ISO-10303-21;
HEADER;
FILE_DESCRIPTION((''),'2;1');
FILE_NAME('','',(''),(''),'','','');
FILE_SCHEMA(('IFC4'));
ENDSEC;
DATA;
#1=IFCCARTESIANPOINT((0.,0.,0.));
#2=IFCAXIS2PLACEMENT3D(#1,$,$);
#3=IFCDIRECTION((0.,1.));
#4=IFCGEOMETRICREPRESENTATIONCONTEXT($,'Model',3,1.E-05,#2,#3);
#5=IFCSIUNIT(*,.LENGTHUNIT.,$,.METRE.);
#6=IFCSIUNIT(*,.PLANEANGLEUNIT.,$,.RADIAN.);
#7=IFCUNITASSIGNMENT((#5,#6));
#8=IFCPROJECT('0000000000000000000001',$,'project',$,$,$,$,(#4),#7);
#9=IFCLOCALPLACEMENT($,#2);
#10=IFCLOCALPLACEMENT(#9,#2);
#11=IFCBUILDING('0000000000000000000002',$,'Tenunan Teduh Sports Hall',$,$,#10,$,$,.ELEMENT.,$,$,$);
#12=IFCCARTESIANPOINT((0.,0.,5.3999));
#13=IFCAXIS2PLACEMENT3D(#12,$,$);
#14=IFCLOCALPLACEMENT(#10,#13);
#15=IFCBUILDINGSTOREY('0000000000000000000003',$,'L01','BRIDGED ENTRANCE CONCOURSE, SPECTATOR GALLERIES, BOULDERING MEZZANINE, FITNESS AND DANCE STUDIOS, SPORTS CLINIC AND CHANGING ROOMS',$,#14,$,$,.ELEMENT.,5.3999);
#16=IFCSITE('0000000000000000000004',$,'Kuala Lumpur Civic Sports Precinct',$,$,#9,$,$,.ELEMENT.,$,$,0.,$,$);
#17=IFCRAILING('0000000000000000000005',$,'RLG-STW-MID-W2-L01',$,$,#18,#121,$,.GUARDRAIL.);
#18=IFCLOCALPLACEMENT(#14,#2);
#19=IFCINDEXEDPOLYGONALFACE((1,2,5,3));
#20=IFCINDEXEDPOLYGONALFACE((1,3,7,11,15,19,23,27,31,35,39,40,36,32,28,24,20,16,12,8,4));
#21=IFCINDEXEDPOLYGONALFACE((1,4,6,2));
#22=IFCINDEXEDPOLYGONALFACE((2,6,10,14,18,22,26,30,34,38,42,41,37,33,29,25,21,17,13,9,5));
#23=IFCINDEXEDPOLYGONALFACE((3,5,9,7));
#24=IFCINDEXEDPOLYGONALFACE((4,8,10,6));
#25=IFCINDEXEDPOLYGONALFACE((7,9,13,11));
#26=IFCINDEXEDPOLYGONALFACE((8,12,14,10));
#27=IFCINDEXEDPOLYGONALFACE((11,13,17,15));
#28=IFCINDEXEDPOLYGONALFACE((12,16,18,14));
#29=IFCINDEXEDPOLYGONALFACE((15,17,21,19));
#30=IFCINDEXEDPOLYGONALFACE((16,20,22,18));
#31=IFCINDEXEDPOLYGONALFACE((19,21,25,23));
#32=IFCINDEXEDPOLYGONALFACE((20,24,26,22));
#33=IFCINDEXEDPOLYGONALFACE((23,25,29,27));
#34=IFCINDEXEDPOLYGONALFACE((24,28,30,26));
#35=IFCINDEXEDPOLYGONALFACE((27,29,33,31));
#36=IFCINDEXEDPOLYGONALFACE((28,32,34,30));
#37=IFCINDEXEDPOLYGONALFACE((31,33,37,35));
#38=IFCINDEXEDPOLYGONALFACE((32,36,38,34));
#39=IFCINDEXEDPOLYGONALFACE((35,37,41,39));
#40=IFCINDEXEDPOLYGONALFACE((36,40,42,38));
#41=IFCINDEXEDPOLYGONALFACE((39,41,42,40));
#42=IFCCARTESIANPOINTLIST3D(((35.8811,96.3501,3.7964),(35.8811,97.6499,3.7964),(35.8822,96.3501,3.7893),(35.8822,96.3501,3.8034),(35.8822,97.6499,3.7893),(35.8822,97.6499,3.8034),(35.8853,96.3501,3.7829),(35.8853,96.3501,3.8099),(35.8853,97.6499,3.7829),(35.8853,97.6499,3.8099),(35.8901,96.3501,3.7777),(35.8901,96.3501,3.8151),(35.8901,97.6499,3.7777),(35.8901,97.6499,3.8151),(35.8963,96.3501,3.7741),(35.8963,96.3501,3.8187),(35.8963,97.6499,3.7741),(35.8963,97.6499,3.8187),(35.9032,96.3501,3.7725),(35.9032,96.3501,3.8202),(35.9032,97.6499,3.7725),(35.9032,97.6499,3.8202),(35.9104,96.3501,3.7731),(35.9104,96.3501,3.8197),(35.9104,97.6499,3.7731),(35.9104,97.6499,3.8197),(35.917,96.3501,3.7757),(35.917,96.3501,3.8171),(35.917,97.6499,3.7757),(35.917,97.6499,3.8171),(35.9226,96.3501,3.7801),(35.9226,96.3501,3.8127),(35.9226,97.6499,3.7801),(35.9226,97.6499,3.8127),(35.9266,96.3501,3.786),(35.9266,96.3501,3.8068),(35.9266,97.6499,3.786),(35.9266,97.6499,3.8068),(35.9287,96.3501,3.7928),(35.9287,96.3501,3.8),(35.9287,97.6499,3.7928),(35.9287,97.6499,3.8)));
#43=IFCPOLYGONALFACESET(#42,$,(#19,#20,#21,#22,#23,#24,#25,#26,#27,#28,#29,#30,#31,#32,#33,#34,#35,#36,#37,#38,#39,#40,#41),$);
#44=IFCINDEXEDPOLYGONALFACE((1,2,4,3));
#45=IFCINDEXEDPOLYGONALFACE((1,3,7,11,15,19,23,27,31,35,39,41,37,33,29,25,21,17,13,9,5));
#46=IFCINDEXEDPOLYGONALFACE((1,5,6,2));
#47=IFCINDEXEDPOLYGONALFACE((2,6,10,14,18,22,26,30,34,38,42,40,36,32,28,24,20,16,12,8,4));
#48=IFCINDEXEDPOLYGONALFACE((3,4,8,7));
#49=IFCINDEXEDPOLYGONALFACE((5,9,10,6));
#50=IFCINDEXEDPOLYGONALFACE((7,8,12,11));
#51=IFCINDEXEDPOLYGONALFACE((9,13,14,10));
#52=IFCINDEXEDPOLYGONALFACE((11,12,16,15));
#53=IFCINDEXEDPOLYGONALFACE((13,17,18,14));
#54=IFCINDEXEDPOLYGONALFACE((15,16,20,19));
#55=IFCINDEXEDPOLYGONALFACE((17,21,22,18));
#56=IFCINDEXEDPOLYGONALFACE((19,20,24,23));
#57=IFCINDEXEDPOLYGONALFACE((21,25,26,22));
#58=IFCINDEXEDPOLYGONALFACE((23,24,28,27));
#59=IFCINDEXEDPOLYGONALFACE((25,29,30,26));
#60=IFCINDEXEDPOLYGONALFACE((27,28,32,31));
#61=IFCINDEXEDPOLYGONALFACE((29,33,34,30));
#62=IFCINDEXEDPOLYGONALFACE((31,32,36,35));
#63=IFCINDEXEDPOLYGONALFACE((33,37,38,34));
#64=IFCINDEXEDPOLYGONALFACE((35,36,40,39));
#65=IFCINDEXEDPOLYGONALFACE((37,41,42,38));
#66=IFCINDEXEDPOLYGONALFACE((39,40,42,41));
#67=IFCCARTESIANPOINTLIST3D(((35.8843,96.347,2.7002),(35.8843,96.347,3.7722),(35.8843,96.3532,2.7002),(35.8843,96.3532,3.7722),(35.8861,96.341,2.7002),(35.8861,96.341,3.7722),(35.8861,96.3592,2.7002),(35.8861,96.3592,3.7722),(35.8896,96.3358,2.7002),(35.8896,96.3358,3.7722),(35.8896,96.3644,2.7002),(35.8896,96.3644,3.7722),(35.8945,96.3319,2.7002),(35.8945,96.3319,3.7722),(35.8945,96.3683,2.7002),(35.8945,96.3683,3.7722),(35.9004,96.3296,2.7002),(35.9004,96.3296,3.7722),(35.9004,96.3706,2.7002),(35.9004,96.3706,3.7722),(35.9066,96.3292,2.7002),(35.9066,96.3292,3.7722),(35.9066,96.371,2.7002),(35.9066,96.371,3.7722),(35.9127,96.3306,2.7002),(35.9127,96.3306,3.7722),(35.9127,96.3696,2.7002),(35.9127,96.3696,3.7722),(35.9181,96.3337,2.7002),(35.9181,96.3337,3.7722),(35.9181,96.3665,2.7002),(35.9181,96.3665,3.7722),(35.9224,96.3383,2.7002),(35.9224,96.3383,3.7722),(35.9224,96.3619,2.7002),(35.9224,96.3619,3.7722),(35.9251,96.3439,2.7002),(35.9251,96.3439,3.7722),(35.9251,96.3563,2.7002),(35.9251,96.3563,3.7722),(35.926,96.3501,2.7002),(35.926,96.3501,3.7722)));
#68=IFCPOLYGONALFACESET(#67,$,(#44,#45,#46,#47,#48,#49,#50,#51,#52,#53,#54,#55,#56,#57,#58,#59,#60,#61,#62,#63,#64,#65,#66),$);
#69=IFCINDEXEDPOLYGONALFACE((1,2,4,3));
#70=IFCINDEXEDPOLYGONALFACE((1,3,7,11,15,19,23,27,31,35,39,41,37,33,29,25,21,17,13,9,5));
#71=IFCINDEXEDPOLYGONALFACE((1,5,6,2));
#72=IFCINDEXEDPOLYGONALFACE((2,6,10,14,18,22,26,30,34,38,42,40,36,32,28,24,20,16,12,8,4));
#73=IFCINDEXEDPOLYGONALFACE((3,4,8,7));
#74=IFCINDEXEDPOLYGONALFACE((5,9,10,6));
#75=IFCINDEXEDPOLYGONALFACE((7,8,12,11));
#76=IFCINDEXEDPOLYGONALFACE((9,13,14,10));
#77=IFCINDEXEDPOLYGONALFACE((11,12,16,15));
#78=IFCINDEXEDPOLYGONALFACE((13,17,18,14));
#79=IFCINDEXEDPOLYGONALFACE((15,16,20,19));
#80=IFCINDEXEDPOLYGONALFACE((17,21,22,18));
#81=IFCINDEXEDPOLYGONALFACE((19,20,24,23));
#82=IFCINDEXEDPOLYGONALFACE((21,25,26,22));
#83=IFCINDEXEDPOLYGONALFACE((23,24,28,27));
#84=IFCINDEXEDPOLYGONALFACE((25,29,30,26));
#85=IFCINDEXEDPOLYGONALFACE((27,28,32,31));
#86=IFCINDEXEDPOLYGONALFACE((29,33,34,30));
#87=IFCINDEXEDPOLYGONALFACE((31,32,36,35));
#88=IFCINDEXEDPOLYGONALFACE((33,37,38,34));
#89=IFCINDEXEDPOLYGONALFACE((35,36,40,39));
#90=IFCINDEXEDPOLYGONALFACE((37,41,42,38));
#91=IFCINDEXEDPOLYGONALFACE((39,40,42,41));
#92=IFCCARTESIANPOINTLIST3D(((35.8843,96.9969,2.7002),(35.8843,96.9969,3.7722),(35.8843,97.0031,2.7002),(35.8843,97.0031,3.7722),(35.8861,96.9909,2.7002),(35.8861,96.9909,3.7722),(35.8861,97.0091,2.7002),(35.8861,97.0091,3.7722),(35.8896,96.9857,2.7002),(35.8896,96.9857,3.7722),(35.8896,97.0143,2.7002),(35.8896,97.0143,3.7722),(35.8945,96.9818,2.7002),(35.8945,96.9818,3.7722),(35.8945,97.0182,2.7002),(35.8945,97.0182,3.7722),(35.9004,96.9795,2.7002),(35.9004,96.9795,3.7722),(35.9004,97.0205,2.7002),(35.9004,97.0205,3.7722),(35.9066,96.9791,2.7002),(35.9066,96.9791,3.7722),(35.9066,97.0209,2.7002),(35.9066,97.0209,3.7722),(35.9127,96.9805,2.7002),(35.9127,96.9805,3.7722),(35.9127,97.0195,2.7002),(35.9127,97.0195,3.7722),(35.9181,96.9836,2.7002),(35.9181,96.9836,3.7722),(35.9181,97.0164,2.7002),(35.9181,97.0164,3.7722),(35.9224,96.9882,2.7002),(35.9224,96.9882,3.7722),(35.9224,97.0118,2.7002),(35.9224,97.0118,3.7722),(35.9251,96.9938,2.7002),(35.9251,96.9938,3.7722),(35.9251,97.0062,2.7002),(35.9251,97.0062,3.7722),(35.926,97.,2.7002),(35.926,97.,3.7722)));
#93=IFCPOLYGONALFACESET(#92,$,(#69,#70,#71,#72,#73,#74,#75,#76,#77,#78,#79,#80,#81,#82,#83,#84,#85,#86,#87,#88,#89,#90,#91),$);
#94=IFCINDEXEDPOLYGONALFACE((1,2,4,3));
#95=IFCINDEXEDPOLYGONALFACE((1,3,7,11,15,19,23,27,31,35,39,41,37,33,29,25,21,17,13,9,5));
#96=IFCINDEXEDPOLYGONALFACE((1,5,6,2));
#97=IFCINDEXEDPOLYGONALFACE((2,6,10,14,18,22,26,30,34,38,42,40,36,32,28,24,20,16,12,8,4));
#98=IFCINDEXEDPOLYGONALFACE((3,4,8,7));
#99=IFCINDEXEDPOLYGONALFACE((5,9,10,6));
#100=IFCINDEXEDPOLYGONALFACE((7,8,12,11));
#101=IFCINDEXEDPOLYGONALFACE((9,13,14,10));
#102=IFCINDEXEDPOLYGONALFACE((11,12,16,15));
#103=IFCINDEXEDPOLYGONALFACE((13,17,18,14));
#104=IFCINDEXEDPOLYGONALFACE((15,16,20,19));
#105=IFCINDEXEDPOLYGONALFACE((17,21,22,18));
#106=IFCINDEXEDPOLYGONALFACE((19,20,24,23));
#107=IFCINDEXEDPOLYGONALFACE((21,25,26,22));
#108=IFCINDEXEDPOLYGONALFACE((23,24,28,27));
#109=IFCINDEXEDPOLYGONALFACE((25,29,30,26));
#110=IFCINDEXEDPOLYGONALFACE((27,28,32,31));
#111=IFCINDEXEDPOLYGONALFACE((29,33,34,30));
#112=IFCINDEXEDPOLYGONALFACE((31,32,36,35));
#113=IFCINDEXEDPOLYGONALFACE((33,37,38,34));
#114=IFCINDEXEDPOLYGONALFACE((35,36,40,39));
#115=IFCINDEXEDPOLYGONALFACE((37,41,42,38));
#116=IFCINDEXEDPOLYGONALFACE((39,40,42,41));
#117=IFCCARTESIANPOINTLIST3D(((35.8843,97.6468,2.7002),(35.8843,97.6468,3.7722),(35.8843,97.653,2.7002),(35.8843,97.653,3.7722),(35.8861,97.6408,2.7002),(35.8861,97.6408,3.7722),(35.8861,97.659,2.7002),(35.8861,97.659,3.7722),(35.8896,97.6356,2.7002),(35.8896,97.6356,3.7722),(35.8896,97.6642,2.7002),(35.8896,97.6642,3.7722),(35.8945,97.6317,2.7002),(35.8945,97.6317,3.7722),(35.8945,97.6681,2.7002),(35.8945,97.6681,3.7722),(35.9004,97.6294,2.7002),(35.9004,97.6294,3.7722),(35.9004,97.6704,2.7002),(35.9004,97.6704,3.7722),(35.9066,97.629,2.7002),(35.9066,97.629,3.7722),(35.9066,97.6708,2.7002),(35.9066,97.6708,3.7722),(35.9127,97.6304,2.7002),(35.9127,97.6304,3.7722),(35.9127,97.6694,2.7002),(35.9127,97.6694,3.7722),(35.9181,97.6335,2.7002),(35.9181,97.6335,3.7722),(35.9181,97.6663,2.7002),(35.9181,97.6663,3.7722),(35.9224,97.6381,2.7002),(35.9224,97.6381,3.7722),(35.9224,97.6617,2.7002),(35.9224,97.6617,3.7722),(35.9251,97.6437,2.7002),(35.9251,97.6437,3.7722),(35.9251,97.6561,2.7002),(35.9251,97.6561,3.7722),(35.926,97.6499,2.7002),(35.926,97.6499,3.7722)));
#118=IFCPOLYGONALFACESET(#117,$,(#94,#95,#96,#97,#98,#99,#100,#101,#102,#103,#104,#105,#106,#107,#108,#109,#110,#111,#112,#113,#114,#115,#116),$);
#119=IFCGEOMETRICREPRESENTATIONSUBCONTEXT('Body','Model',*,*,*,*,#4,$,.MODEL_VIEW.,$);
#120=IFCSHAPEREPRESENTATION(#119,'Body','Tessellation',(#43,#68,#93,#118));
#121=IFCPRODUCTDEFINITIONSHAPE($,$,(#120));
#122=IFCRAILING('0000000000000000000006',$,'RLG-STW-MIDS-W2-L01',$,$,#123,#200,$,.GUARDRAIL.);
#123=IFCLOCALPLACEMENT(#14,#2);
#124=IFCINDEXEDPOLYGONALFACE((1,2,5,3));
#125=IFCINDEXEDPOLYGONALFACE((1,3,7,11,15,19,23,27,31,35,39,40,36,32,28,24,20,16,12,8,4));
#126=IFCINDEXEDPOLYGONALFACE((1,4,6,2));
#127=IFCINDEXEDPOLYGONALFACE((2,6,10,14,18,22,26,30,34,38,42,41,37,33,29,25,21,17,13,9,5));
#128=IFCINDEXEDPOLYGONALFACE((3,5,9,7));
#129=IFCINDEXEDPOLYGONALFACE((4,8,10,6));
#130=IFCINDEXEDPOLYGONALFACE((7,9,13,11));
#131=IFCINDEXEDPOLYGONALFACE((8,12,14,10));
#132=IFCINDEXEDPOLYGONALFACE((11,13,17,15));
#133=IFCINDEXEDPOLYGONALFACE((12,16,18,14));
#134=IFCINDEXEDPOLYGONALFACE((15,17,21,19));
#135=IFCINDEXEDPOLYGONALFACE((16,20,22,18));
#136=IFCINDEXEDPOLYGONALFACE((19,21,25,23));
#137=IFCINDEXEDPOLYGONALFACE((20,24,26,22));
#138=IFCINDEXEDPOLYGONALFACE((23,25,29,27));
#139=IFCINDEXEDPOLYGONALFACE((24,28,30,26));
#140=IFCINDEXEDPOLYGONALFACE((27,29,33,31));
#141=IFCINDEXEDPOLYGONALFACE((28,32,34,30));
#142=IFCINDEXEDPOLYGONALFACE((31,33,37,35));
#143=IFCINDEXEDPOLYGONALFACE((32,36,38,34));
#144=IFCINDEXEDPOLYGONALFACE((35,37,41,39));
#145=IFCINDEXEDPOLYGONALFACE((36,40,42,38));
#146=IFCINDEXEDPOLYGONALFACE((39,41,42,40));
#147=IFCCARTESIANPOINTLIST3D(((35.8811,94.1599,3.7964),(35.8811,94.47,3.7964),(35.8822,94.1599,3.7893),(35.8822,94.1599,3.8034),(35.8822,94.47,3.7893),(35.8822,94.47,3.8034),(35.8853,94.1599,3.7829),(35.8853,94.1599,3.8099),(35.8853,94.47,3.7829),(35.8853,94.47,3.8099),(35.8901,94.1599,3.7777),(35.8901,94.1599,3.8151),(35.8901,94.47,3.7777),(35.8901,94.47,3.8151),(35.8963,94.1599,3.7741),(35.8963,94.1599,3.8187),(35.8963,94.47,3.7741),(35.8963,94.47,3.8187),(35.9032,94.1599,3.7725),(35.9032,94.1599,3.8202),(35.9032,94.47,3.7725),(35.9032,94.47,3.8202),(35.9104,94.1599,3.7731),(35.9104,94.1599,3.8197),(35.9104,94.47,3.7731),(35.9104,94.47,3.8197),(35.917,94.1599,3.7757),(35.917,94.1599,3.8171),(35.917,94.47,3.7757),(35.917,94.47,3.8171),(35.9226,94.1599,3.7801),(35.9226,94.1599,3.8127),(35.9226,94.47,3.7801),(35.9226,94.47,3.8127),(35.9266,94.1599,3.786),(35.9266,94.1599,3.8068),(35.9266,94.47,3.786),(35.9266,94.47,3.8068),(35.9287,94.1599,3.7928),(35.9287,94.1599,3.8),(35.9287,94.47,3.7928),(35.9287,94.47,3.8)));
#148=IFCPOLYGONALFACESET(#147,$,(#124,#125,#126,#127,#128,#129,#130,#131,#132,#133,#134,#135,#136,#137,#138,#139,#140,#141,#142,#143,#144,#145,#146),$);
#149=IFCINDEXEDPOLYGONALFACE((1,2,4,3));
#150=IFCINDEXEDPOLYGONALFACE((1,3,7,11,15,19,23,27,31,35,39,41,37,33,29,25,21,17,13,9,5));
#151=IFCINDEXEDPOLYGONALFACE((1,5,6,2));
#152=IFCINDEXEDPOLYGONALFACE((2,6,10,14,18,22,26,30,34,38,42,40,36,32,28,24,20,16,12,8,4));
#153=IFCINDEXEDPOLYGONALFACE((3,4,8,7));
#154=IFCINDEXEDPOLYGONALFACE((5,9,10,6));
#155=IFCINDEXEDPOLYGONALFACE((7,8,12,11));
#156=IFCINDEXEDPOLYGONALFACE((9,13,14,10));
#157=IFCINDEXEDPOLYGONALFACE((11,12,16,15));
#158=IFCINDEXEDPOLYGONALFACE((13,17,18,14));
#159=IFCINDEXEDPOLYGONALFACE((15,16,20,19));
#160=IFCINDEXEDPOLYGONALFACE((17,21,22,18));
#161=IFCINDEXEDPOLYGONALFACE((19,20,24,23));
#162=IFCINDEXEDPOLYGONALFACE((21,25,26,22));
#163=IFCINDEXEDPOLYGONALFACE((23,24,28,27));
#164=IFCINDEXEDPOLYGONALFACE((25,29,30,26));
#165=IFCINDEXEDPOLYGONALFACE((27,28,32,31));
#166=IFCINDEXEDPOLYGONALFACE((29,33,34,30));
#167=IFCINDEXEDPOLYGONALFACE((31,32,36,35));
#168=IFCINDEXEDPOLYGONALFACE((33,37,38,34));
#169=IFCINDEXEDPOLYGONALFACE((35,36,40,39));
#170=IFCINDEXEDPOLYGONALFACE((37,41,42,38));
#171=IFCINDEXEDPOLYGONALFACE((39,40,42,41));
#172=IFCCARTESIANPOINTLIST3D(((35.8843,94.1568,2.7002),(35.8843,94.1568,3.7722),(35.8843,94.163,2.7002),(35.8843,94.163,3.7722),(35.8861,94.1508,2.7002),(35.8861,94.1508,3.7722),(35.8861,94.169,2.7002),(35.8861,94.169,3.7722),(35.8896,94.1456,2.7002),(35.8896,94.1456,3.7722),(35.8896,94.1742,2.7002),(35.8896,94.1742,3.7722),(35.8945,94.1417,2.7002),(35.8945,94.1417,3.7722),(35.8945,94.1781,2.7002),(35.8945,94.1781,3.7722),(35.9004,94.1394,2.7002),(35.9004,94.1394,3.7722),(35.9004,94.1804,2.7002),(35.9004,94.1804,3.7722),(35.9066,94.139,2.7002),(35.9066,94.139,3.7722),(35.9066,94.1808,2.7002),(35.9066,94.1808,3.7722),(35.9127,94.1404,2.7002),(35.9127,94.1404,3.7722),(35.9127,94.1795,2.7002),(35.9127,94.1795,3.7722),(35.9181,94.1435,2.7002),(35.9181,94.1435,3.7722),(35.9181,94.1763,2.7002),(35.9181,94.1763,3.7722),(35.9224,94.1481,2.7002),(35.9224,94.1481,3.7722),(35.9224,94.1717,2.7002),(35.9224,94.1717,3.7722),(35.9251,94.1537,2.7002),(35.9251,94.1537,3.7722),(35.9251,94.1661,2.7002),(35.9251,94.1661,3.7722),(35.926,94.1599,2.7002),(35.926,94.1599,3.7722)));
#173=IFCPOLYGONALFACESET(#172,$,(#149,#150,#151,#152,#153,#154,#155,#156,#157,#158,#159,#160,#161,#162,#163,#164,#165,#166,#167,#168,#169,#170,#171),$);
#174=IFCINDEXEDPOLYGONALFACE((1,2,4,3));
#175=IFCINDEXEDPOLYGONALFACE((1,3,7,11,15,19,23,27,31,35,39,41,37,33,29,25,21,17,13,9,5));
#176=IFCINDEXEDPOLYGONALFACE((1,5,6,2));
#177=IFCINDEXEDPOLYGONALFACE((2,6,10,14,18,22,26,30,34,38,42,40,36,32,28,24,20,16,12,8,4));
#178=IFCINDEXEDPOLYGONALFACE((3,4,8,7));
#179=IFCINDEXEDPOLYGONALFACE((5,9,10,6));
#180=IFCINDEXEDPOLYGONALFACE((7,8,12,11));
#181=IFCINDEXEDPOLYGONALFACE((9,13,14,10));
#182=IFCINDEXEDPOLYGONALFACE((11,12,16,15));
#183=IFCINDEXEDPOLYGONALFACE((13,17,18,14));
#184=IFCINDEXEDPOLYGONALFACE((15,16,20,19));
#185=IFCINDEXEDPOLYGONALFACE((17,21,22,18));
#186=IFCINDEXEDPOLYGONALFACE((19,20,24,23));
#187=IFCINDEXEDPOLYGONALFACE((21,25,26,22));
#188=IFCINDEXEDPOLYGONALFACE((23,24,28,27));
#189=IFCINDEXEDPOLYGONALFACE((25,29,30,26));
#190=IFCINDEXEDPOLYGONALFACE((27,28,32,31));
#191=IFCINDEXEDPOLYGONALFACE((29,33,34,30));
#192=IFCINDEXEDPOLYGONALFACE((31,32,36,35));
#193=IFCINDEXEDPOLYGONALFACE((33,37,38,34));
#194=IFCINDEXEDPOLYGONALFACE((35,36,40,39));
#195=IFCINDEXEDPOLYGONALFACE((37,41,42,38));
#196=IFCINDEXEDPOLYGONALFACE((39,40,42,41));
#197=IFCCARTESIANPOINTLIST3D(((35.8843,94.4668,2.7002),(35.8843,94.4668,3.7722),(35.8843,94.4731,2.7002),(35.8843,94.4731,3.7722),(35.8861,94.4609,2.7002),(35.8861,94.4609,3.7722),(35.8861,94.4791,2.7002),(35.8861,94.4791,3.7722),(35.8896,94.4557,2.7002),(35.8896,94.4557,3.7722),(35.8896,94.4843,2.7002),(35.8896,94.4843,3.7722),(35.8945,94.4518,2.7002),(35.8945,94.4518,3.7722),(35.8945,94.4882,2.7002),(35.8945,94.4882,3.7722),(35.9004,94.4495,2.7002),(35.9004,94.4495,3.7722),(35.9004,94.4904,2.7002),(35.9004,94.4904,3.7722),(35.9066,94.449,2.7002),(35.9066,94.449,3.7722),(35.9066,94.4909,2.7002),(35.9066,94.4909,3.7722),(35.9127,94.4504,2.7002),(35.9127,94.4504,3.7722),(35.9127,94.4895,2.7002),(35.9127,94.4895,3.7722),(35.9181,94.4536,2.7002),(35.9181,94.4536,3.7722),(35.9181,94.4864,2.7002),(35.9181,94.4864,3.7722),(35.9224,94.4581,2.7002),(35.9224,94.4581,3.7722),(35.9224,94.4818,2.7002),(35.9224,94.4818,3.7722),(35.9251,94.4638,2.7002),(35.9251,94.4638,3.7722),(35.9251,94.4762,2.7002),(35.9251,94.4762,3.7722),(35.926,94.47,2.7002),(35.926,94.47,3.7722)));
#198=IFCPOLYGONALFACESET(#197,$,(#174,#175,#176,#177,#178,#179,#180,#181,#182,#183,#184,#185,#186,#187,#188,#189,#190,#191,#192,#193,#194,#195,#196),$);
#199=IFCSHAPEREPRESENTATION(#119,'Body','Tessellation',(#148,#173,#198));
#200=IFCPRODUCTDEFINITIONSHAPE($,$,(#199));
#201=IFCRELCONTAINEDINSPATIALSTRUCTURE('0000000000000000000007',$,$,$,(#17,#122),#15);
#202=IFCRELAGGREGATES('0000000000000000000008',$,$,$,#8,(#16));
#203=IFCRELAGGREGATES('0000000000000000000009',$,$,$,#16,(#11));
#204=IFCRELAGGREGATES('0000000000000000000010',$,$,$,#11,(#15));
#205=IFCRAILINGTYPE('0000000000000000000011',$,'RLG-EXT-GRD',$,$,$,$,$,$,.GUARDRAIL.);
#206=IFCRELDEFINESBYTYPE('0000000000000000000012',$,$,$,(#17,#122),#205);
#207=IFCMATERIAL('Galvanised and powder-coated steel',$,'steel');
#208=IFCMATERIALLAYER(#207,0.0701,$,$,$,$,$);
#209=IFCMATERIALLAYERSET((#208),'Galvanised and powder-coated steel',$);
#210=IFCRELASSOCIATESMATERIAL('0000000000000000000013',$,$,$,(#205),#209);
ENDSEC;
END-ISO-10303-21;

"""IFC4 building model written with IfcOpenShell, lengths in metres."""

from ifc_helpers import new_model, si_unit, direction, frame, origin, origin_2d, place, context, subcontext, project, spatial, circle, extrude, material, layer, layer_set, type_object, element, save


model = new_model("IFC4")

# Units and contexts
model_context = context("Model", 3, precision=1e-05, world=origin(), true_north=direction((0.0, 1.0)))
body_context = subcontext(model_context, "Body", "Model", "MODEL_VIEW")
ifc_project = project(units=[si_unit("LENGTHUNIT", "METRE"), si_unit("PLANEANGLEUNIT", "RADIAN")], contexts=[model_context])

# Site, building, storey
site_placement = place(None, origin())
site = spatial("IfcSite", under=ifc_project, at=site_placement, Name="Kuala Lumpur Civic Sports Precinct", CompositionType="ELEMENT", RefElevation=0.0)
building_placement = place(site_placement, origin())
building = spatial("IfcBuilding", under=site, at=building_placement, Name="Tenunan Teduh Sports Hall", CompositionType="ELEMENT")
storey_placement = place(building_placement, frame((0.0, 0.0, 5.3999)))
storey = spatial("IfcBuildingStorey", under=building, at=storey_placement, Name="L01", Description="BRIDGED ENTRANCE CONCOURSE, SPECTATOR GALLERIES, BOULDERING MEZZANINE, FITNESS AND DANCE STUDIOS, SPORTS CLINIC AND CHANGING ROOMS", CompositionType="ELEMENT", Elevation=5.3999)

# Railings
ifc_material_1 = material(Name="Galvanised and powder-coated steel", Category="steel")
ifc_layer_1 = layer(ifc_material_1, 0.0701)
ifc_layer_set_1 = layer_set([ifc_layer_1], Name="Galvanised and powder-coated steel")
railing_type_1 = type_object("IfcRailingType", Name="RLG-EXT-GRD", PredefinedType="GUARDRAIL", material=ifc_layer_set_1)
railing_1_placement = place(storey_placement, frame((35.905, 96.3501, 2.7002)))
element("IfcRailing", 1, at=railing_1_placement, inside=storey, type_object=railing_type_1, Name="RLG-STW-MID-W2-L01", PredefinedType="GUARDRAIL", context=body_context, shape_type="SweptSolid", body=[
    extrude(circle(Radius=0.0239, at=origin_2d()), frame((0.0, 0.0, 1.0962), z_axis=(0.0, 1.0, 0.0), x_axis=(-1.0, 0.0, 0.0)), (0.0, 0.0, 1.0), 1.2998),
    extrude(circle(Radius=0.021, at=origin_2d()), origin(), (0.0, 0.0, 1.0), 1.072),
    extrude(circle(Radius=0.021, at=origin_2d()), frame((0.0, 0.6499, 0.0)), (0.0, 0.0, 1.0), 1.072),
    extrude(circle(Radius=0.021, at=origin_2d()), frame((0.0, 1.2998, 0.0)), (0.0, 0.0, 1.0), 1.072),
])
railing_2_placement = place(storey_placement, frame((35.905, 94.1599, 2.7002)))
element("IfcRailing", 2, at=railing_2_placement, inside=storey, type_object=railing_type_1, Name="RLG-STW-MIDS-W2-L01", PredefinedType="GUARDRAIL", context=body_context, shape_type="SweptSolid", body=[
    extrude(circle(Radius=0.0239, at=origin_2d()), frame((0.0, 0.0, 1.0962), z_axis=(0.0, 1.0, 0.0), x_axis=(-1.0, 0.0, 0.0)), (0.0, 0.0, 1.0), 0.3101),
    extrude(circle(Radius=0.021, at=origin_2d()), origin(), (0.0, 0.0, 1.0), 1.072),
    extrude(circle(Radius=0.021, at=origin_2d()), frame((0.0, 0.3101, 0.0)), (0.0, 0.0, 1.0), 1.072),
])

save(model, "model.ifc")
